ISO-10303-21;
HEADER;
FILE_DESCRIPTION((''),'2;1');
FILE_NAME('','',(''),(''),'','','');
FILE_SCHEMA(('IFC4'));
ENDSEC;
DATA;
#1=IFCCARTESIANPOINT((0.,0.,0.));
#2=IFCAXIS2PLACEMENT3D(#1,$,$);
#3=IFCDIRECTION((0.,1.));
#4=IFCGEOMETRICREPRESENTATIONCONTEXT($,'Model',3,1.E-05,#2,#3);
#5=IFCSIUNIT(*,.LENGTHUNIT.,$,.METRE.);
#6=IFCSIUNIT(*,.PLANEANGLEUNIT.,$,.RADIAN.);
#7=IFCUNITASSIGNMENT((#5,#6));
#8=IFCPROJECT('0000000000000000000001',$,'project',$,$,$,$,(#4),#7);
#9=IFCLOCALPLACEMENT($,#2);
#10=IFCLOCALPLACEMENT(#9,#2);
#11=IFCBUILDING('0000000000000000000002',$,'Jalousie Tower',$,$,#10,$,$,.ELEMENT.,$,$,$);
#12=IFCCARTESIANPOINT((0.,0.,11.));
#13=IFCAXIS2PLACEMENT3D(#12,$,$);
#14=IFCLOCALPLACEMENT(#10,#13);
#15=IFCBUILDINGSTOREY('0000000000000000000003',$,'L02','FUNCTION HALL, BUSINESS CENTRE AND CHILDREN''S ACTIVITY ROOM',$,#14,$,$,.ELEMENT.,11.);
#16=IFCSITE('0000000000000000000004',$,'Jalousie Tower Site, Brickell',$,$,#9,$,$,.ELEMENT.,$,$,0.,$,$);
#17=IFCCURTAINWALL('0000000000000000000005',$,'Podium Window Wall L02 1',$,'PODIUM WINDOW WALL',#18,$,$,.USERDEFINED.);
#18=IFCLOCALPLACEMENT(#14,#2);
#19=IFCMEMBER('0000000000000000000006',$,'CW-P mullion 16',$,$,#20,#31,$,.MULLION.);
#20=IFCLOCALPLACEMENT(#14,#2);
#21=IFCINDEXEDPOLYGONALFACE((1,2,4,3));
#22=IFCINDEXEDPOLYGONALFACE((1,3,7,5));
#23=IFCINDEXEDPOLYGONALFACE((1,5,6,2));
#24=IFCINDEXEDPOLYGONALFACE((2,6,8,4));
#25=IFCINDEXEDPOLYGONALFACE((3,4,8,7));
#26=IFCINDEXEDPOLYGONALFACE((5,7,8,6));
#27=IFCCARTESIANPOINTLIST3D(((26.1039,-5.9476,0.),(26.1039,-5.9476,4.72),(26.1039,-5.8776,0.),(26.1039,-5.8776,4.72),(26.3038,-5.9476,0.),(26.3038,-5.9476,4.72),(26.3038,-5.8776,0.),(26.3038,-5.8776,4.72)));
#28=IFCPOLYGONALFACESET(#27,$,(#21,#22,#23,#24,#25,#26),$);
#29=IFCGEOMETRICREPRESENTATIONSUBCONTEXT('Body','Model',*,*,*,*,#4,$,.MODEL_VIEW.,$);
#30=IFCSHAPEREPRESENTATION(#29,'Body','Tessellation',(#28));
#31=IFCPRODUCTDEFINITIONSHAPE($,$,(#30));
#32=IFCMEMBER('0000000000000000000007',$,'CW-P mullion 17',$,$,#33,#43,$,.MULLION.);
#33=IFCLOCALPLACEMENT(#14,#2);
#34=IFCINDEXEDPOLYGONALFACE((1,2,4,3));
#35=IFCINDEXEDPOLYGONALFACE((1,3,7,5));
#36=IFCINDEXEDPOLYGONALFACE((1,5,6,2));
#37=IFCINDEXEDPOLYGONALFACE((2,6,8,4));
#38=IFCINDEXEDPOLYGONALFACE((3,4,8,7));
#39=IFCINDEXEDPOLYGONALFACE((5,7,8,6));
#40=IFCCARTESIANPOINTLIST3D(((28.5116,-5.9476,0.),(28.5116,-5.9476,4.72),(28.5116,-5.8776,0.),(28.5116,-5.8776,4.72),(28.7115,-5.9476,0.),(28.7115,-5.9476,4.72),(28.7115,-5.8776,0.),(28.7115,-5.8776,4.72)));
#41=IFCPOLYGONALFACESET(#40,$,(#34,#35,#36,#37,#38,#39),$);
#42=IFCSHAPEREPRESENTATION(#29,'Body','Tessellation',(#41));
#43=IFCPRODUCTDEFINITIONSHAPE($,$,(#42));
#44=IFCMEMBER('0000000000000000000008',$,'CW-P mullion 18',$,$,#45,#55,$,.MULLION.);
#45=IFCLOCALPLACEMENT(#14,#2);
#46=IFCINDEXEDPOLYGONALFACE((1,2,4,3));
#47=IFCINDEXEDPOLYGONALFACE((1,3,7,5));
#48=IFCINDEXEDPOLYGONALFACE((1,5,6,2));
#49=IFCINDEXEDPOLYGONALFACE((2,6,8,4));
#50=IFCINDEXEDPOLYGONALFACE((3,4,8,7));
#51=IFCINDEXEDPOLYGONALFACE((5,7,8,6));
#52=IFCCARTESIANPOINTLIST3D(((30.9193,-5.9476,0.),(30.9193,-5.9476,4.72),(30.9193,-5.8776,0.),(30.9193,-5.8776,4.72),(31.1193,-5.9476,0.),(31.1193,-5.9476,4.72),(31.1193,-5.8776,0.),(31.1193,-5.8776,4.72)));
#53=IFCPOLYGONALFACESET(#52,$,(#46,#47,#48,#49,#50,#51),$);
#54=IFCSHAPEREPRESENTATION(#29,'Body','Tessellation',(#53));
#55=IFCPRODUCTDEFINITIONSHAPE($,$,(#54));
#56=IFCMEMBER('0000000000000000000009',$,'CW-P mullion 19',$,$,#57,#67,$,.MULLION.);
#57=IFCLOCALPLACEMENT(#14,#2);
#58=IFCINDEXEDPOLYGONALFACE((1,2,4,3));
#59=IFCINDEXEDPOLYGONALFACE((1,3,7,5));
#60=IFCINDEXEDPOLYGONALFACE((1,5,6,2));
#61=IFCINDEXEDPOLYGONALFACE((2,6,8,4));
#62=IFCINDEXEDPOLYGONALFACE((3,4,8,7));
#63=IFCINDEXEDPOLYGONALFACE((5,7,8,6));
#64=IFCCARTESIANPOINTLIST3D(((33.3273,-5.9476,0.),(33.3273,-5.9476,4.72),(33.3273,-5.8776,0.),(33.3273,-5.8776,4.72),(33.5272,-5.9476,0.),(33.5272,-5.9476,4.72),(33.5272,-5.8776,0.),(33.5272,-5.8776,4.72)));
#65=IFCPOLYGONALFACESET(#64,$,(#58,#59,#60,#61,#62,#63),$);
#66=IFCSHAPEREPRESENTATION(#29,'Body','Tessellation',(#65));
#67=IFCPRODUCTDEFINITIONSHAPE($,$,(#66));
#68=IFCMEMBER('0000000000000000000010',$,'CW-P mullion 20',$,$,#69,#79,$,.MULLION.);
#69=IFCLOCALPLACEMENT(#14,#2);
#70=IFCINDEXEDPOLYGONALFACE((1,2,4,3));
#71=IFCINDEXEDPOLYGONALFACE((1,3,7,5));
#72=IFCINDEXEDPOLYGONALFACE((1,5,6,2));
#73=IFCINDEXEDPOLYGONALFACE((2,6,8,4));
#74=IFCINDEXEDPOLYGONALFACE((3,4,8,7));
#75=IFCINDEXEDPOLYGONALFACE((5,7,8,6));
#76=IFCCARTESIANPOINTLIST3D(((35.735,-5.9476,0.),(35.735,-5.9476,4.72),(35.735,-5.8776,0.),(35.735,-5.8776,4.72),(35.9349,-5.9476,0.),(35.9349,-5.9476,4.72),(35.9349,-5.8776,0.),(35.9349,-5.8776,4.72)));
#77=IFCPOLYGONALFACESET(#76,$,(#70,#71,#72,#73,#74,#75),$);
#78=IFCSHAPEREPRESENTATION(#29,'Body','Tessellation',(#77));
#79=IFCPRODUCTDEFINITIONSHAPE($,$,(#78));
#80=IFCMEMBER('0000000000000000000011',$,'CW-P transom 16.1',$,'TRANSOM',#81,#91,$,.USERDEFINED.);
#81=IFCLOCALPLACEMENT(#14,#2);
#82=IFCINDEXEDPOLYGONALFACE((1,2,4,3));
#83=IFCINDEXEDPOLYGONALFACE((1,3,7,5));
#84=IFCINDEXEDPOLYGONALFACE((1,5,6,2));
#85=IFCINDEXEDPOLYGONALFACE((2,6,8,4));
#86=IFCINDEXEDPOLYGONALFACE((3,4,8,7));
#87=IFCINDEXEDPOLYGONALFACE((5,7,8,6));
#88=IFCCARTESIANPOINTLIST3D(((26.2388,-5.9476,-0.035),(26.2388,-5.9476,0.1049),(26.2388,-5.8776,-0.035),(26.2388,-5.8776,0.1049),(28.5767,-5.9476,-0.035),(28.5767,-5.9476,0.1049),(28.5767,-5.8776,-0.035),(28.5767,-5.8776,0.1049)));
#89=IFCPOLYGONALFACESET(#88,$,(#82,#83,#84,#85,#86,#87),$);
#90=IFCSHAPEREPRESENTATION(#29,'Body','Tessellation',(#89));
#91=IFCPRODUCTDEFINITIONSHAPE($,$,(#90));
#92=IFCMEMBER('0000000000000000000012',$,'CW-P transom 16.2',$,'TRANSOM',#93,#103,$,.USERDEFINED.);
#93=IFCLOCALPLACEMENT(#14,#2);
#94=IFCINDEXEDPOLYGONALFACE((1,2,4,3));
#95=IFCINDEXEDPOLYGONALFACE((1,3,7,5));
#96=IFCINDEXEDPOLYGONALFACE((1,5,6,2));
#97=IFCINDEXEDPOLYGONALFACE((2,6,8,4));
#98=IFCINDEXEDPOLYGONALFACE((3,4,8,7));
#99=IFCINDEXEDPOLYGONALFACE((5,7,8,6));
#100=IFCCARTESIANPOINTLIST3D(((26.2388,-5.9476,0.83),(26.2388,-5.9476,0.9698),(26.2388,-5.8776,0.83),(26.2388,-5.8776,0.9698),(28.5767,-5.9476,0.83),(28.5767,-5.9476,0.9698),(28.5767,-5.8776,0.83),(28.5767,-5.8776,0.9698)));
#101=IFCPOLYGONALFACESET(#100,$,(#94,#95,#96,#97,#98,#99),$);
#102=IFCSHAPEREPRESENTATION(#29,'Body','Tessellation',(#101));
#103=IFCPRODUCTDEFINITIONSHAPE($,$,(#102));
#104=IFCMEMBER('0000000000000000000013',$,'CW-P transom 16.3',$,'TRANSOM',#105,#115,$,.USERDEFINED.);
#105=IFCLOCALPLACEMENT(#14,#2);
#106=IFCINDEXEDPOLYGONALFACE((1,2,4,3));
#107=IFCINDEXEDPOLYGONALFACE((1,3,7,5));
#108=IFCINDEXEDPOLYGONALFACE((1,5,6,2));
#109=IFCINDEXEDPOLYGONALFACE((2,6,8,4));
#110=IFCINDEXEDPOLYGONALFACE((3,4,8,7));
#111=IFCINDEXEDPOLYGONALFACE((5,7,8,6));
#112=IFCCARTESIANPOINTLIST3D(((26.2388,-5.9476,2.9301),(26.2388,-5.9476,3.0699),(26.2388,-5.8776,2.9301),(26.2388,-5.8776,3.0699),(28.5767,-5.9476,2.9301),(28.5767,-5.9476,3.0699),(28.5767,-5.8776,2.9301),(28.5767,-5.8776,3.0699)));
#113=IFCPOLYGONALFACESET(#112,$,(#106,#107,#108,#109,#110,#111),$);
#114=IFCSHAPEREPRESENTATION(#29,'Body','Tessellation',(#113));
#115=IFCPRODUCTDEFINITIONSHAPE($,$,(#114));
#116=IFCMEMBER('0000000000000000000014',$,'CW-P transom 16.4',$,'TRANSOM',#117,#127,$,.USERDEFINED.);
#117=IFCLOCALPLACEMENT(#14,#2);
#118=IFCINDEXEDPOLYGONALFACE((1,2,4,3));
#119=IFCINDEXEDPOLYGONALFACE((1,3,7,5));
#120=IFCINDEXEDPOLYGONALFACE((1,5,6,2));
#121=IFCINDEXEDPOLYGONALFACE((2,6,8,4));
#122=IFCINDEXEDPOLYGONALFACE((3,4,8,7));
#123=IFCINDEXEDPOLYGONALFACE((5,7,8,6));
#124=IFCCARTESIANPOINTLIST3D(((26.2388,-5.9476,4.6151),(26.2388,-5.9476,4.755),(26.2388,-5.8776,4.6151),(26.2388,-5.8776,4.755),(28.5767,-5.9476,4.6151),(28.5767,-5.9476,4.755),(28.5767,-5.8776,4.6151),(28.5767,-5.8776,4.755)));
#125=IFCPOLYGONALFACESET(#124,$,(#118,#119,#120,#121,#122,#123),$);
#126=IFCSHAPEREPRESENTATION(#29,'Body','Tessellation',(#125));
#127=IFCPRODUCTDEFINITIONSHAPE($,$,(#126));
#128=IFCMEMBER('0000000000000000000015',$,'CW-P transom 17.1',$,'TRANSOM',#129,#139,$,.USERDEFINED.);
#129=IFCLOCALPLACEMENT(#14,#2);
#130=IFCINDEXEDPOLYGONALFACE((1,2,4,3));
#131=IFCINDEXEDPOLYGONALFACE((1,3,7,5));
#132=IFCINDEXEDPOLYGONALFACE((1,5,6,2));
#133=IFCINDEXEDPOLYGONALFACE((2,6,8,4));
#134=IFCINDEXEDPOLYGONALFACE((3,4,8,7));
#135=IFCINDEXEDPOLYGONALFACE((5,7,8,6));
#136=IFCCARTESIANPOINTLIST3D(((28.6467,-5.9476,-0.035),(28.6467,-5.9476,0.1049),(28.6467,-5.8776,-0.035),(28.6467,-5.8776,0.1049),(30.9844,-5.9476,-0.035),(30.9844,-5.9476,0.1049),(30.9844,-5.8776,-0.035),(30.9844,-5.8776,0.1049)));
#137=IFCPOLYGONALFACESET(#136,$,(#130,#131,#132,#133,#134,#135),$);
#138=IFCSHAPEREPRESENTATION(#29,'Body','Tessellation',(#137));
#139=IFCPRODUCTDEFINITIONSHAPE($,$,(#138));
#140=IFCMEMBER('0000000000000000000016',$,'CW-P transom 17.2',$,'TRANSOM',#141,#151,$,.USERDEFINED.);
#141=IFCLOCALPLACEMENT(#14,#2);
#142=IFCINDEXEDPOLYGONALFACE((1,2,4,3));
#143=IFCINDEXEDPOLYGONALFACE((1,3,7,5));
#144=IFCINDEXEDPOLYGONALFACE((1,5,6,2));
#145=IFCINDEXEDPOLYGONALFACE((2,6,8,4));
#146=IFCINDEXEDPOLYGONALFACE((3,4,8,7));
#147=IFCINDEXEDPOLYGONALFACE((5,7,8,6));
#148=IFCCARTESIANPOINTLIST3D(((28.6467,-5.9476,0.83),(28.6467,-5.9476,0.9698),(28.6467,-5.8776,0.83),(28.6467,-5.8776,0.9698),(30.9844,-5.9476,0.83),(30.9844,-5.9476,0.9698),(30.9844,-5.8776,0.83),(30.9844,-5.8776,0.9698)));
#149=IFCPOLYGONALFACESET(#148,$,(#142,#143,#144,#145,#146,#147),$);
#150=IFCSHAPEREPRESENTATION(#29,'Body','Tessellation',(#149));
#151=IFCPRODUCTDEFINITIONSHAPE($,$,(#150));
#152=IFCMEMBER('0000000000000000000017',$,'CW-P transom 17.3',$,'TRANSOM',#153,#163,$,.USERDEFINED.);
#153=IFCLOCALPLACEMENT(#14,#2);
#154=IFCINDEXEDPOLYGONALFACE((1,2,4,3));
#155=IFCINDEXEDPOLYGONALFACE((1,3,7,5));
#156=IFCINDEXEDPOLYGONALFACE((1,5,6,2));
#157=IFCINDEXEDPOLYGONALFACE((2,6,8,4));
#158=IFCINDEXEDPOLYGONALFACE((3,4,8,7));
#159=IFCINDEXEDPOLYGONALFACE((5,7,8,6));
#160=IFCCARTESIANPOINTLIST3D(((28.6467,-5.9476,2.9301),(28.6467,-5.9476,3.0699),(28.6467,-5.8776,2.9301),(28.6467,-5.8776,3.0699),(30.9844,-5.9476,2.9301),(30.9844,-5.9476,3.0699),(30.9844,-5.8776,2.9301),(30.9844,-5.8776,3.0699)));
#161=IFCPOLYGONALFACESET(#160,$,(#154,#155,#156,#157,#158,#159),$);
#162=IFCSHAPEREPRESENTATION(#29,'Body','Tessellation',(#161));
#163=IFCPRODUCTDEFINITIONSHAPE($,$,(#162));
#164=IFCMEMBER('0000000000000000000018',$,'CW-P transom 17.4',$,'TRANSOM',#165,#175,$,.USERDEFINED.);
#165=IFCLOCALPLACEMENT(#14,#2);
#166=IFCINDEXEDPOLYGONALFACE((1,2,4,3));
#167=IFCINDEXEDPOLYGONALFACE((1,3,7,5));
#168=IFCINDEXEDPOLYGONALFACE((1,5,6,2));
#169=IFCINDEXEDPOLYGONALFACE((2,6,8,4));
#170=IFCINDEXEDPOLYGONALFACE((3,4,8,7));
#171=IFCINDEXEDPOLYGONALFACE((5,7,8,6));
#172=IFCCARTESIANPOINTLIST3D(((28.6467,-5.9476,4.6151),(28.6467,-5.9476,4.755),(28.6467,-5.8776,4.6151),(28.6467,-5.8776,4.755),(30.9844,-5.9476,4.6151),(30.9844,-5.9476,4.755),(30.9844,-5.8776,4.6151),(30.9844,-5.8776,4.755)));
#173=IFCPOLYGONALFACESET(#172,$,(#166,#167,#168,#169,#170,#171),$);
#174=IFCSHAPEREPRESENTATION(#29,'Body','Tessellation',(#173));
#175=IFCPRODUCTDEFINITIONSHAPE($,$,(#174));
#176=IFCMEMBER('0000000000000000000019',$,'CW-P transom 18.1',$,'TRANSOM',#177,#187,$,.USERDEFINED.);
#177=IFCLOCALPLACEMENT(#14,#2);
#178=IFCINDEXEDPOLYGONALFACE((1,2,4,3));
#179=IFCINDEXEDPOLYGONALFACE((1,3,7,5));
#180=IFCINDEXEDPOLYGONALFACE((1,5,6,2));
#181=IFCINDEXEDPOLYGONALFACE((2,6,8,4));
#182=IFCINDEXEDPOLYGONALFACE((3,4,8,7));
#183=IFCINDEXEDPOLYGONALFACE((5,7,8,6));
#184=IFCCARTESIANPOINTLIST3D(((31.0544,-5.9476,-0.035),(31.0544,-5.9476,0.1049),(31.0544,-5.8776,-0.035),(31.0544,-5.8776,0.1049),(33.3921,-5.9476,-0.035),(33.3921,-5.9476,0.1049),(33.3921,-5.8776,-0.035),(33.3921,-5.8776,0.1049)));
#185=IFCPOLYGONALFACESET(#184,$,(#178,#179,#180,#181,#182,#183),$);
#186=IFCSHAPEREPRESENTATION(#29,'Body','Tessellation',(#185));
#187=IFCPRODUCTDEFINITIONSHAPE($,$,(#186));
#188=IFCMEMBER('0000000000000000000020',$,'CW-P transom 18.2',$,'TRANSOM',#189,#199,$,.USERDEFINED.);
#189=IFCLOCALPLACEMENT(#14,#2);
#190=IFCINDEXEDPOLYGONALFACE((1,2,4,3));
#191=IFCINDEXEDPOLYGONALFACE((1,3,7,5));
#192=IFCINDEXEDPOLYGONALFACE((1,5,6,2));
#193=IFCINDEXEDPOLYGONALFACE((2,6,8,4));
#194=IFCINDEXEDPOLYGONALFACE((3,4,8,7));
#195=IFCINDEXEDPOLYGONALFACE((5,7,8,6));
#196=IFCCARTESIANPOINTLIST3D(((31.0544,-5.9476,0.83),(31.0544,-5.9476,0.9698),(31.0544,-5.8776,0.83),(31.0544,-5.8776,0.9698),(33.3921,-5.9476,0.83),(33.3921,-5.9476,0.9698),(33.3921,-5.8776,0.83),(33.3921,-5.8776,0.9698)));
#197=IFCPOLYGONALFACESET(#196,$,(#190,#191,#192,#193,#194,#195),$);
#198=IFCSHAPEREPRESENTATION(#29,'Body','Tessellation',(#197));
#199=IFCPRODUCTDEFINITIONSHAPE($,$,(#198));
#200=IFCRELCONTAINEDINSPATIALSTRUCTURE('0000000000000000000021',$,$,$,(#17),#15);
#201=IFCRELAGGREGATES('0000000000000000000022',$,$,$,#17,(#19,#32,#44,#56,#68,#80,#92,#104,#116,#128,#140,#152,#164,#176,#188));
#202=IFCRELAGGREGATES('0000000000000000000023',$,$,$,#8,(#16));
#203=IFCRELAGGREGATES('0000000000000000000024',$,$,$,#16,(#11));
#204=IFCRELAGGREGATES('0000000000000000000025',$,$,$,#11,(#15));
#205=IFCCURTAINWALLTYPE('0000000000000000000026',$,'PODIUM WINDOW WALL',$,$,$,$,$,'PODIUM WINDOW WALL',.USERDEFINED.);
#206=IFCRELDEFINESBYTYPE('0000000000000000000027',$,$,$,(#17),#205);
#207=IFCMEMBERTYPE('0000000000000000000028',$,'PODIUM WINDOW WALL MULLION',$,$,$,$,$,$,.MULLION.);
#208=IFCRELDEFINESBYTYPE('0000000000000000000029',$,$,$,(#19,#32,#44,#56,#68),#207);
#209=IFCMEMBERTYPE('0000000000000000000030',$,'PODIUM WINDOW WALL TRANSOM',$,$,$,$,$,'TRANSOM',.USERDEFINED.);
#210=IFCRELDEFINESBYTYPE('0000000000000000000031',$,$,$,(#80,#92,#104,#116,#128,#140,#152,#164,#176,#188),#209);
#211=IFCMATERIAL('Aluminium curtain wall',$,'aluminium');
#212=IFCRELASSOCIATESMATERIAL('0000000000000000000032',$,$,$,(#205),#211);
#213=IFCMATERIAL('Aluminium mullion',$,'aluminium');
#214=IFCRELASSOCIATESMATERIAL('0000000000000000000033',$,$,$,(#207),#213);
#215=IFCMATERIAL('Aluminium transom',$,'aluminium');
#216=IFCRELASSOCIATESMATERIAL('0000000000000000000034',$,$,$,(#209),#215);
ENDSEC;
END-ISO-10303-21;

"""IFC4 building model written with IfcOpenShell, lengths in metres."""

from ifc_helpers import new_model, si_unit, direction, frame, origin, origin_2d, place, context, subcontext, project, spatial, rectangle, extrude, material, material_profile, profile_set, type_object, element, aggregate, save


model = new_model("IFC4")

# Units and contexts
model_context = context("Model", 3, precision=1e-05, world=origin(), true_north=direction((0.0, 1.0)))
body_context = subcontext(model_context, "Body", "Model", "MODEL_VIEW")
ifc_project = project(units=[si_unit("LENGTHUNIT", "METRE"), si_unit("PLANEANGLEUNIT", "RADIAN")], contexts=[model_context])

# Site, building, storey
site_placement = place(None, origin())
site = spatial("IfcSite", under=ifc_project, at=site_placement, Name="Jalousie Tower Site, Brickell", CompositionType="ELEMENT", RefElevation=0.0)
building_placement = place(site_placement, origin())
building = spatial("IfcBuilding", under=site, at=building_placement, Name="Jalousie Tower", CompositionType="ELEMENT")
storey_placement = place(building_placement, frame((0.0, 0.0, 11.0)))
storey = spatial("IfcBuildingStorey", under=building, at=storey_placement, Name="L02", Description="FUNCTION HALL, BUSINESS CENTRE AND CHILDREN'S ACTIVITY ROOM", CompositionType="ELEMENT", Elevation=11.0)

# Curtain wall, members
ifc_material_1 = material(Name="Aluminium curtain wall", Category="aluminium")
curtain_wall_type = type_object("IfcCurtainWallType", Name="PODIUM WINDOW WALL", ElementType="PODIUM WINDOW WALL", PredefinedType="USERDEFINED", material=ifc_material_1)
curtain_wall_placement = place(storey_placement, origin())
curtain_wall = element("IfcCurtainWall", 1, at=curtain_wall_placement, inside=storey, type_object=curtain_wall_type, Name="Podium Window Wall L02 1", ObjectType="PODIUM WINDOW WALL", PredefinedType="USERDEFINED")
ifc_material_2 = material(Name="Aluminium mullion", Category="aluminium")
ifc_material_profile_1 = material_profile(ifc_material_2, rectangle(XDim=0.0701, YDim=0.2, at=origin_2d()), Name="MULLION 70x200")
ifc_profile_set_1 = profile_set([ifc_material_profile_1], Name="Aluminium mullion")
member_type_1 = type_object("IfcMemberType", Name="PODIUM WINDOW WALL MULLION", PredefinedType="MULLION", material=ifc_profile_set_1)
member_1_placement = place(storey_placement, frame((26.2039, -5.9126, 0.0), z_axis=(0.0, 0.0, 1.0), x_axis=(0.0, 1.0, 0.0)))
member_1 = element("IfcMember", 2, at=member_1_placement, type_object=member_type_1, Name="CW-P mullion 16", PredefinedType="MULLION", context=body_context, shape_type="SweptSolid", body=[
    extrude(rectangle(XDim=0.0701, YDim=0.2, at=origin_2d()), origin(), (0.0, 0.0, 1.0), 4.72),
])
member_2_placement = place(storey_placement, frame((28.6116, -5.9126, 0.0), z_axis=(0.0, 0.0, 1.0), x_axis=(0.0, 1.0, 0.0)))
member_2 = element("IfcMember", 3, at=member_2_placement, type_object=member_type_1, Name="CW-P mullion 17", PredefinedType="MULLION", context=body_context, shape_type="SweptSolid", body=[
    extrude(rectangle(XDim=0.0701, YDim=0.2, at=origin_2d()), origin(), (0.0, 0.0, 1.0), 4.72),
])
member_3_placement = place(storey_placement, frame((31.0193, -5.9126, 0.0), z_axis=(0.0, 0.0, 1.0), x_axis=(0.0, 1.0, 0.0)))
member_3 = element("IfcMember", 4, at=member_3_placement, type_object=member_type_1, Name="CW-P mullion 18", PredefinedType="MULLION", context=body_context, shape_type="SweptSolid", body=[
    extrude(rectangle(XDim=0.0701, YDim=0.2, at=origin_2d()), origin(), (0.0, 0.0, 1.0), 4.72),
])
member_4_placement = place(storey_placement, frame((33.4272, -5.9126, 0.0), z_axis=(0.0, 0.0, 1.0), x_axis=(0.0, 1.0, 0.0)))
member_4 = element("IfcMember", 5, at=member_4_placement, type_object=member_type_1, Name="CW-P mullion 19", PredefinedType="MULLION", context=body_context, shape_type="SweptSolid", body=[
    extrude(rectangle(XDim=0.0701, YDim=0.2, at=origin_2d()), origin(), (0.0, 0.0, 1.0), 4.72),
])
member_5_placement = place(storey_placement, frame((35.835, -5.9126, 0.0), z_axis=(0.0, 0.0, 1.0), x_axis=(0.0, 1.0, 0.0)))
member_5 = element("IfcMember", 6, at=member_5_placement, type_object=member_type_1, Name="CW-P mullion 20", PredefinedType="MULLION", context=body_context, shape_type="SweptSolid", body=[
    extrude(rectangle(XDim=0.0701, YDim=0.2, at=origin_2d()), origin(), (0.0, 0.0, 1.0), 4.72),
])
ifc_material_3 = material(Name="Aluminium transom", Category="aluminium")
ifc_material_profile_2 = material_profile(ifc_material_3, rectangle(XDim=0.0701, YDim=0.1399, at=origin_2d()), Name="TRANSOM 70x140")
ifc_profile_set_2 = profile_set([ifc_material_profile_2], Name="Aluminium transom")
member_type_2 = type_object("IfcMemberType", Name="PODIUM WINDOW WALL TRANSOM", ElementType="TRANSOM", PredefinedType="USERDEFINED", material=ifc_profile_set_2)
member_6_placement = place(storey_placement, frame((26.2388, -5.9126, 0.0349), z_axis=(1.0, 0.0, 0.0), x_axis=(0.0, 1.0, 0.0)))
member_6 = element("IfcMember", 7, at=member_6_placement, type_object=member_type_2, Name="CW-P transom 16.1", ObjectType="TRANSOM", PredefinedType="USERDEFINED", context=body_context, shape_type="SweptSolid", body=[
    extrude(rectangle(XDim=0.0701, YDim=0.1399, at=origin_2d()), origin(), (0.0, 0.0, 1.0), 2.3379),
])
member_7_placement = place(storey_placement, frame((26.2388, -5.9126, 0.8999), z_axis=(1.0, 0.0, 0.0), x_axis=(0.0, 1.0, 0.0)))
member_7 = element("IfcMember", 8, at=member_7_placement, type_object=member_type_2, Name="CW-P transom 16.2", ObjectType="TRANSOM", PredefinedType="USERDEFINED", context=body_context, shape_type="SweptSolid", body=[
    extrude(rectangle(XDim=0.0701, YDim=0.1399, at=origin_2d()), origin(), (0.0, 0.0, 1.0), 2.3379),
])
member_8_placement = place(storey_placement, frame((26.2388, -5.9126, 3.0), z_axis=(1.0, 0.0, 0.0), x_axis=(0.0, 1.0, 0.0)))
member_8 = element("IfcMember", 9, at=member_8_placement, type_object=member_type_2, Name="CW-P transom 16.3", ObjectType="TRANSOM", PredefinedType="USERDEFINED", context=body_context, shape_type="SweptSolid", body=[
    extrude(rectangle(XDim=0.0701, YDim=0.1399, at=origin_2d()), origin(), (0.0, 0.0, 1.0), 2.3379),
])
member_9_placement = place(storey_placement, frame((26.2388, -5.9126, 4.6851), z_axis=(1.0, 0.0, 0.0), x_axis=(0.0, 1.0, 0.0)))
member_9 = element("IfcMember", 10, at=member_9_placement, type_object=member_type_2, Name="CW-P transom 16.4", ObjectType="TRANSOM", PredefinedType="USERDEFINED", context=body_context, shape_type="SweptSolid", body=[
    extrude(rectangle(XDim=0.0701, YDim=0.1399, at=origin_2d()), origin(), (0.0, 0.0, 1.0), 2.3379),
])
member_10_placement = place(storey_placement, frame((28.6467, -5.9126, 0.0349), z_axis=(1.0, 0.0, 0.0), x_axis=(0.0, 1.0, 0.0)))
member_10 = element("IfcMember", 11, at=member_10_placement, type_object=member_type_2, Name="CW-P transom 17.1", ObjectType="TRANSOM", PredefinedType="USERDEFINED", context=body_context, shape_type="SweptSolid", body=[
    extrude(rectangle(XDim=0.0701, YDim=0.1399, at=origin_2d()), origin(), (0.0, 0.0, 1.0), 2.3376),
])
member_11_placement = place(storey_placement, frame((28.6467, -5.9126, 0.8999), z_axis=(1.0, 0.0, 0.0), x_axis=(0.0, 1.0, 0.0)))
member_11 = element("IfcMember", 12, at=member_11_placement, type_object=member_type_2, Name="CW-P transom 17.2", ObjectType="TRANSOM", PredefinedType="USERDEFINED", context=body_context, shape_type="SweptSolid", body=[
    extrude(rectangle(XDim=0.0701, YDim=0.1399, at=origin_2d()), origin(), (0.0, 0.0, 1.0), 2.3376),
])
member_12_placement = place(storey_placement, frame((28.6467, -5.9126, 3.0), z_axis=(1.0, 0.0, 0.0), x_axis=(0.0, 1.0, 0.0)))
member_12 = element("IfcMember", 13, at=member_12_placement, type_object=member_type_2, Name="CW-P transom 17.3", ObjectType="TRANSOM", PredefinedType="USERDEFINED", context=body_context, shape_type="SweptSolid", body=[
    extrude(rectangle(XDim=0.0701, YDim=0.1399, at=origin_2d()), origin(), (0.0, 0.0, 1.0), 2.3376),
])
member_13_placement = place(storey_placement, frame((28.6467, -5.9126, 4.6851), z_axis=(1.0, 0.0, 0.0), x_axis=(0.0, 1.0, 0.0)))
member_13 = element("IfcMember", 14, at=member_13_placement, type_object=member_type_2, Name="CW-P transom 17.4", ObjectType="TRANSOM", PredefinedType="USERDEFINED", context=body_context, shape_type="SweptSolid", body=[
    extrude(rectangle(XDim=0.0701, YDim=0.1399, at=origin_2d()), origin(), (0.0, 0.0, 1.0), 2.3376),
])
member_14_placement = place(storey_placement, frame((31.0544, -5.9126, 0.0349), z_axis=(1.0, 0.0, 0.0), x_axis=(0.0, 1.0, 0.0)))
member_14 = element("IfcMember", 15, at=member_14_placement, type_object=member_type_2, Name="CW-P transom 18.1", ObjectType="TRANSOM", PredefinedType="USERDEFINED", context=body_context, shape_type="SweptSolid", body=[
    extrude(rectangle(XDim=0.0701, YDim=0.1399, at=origin_2d()), origin(), (0.0, 0.0, 1.0), 2.3376),
])
member_15_placement = place(storey_placement, frame((31.0544, -5.9126, 0.8999), z_axis=(1.0, 0.0, 0.0), x_axis=(0.0, 1.0, 0.0)))
member_15 = element("IfcMember", 16, at=member_15_placement, type_object=member_type_2, Name="CW-P transom 18.2", ObjectType="TRANSOM", PredefinedType="USERDEFINED", context=body_context, shape_type="SweptSolid", body=[
    extrude(rectangle(XDim=0.0701, YDim=0.1399, at=origin_2d()), origin(), (0.0, 0.0, 1.0), 2.3376),
])
aggregate(curtain_wall, [member_1, member_2, member_3, member_4, member_5, member_6, member_7, member_8, member_9, member_10, member_11, member_12, member_13, member_14, member_15])

save(model, "model.ifc")
